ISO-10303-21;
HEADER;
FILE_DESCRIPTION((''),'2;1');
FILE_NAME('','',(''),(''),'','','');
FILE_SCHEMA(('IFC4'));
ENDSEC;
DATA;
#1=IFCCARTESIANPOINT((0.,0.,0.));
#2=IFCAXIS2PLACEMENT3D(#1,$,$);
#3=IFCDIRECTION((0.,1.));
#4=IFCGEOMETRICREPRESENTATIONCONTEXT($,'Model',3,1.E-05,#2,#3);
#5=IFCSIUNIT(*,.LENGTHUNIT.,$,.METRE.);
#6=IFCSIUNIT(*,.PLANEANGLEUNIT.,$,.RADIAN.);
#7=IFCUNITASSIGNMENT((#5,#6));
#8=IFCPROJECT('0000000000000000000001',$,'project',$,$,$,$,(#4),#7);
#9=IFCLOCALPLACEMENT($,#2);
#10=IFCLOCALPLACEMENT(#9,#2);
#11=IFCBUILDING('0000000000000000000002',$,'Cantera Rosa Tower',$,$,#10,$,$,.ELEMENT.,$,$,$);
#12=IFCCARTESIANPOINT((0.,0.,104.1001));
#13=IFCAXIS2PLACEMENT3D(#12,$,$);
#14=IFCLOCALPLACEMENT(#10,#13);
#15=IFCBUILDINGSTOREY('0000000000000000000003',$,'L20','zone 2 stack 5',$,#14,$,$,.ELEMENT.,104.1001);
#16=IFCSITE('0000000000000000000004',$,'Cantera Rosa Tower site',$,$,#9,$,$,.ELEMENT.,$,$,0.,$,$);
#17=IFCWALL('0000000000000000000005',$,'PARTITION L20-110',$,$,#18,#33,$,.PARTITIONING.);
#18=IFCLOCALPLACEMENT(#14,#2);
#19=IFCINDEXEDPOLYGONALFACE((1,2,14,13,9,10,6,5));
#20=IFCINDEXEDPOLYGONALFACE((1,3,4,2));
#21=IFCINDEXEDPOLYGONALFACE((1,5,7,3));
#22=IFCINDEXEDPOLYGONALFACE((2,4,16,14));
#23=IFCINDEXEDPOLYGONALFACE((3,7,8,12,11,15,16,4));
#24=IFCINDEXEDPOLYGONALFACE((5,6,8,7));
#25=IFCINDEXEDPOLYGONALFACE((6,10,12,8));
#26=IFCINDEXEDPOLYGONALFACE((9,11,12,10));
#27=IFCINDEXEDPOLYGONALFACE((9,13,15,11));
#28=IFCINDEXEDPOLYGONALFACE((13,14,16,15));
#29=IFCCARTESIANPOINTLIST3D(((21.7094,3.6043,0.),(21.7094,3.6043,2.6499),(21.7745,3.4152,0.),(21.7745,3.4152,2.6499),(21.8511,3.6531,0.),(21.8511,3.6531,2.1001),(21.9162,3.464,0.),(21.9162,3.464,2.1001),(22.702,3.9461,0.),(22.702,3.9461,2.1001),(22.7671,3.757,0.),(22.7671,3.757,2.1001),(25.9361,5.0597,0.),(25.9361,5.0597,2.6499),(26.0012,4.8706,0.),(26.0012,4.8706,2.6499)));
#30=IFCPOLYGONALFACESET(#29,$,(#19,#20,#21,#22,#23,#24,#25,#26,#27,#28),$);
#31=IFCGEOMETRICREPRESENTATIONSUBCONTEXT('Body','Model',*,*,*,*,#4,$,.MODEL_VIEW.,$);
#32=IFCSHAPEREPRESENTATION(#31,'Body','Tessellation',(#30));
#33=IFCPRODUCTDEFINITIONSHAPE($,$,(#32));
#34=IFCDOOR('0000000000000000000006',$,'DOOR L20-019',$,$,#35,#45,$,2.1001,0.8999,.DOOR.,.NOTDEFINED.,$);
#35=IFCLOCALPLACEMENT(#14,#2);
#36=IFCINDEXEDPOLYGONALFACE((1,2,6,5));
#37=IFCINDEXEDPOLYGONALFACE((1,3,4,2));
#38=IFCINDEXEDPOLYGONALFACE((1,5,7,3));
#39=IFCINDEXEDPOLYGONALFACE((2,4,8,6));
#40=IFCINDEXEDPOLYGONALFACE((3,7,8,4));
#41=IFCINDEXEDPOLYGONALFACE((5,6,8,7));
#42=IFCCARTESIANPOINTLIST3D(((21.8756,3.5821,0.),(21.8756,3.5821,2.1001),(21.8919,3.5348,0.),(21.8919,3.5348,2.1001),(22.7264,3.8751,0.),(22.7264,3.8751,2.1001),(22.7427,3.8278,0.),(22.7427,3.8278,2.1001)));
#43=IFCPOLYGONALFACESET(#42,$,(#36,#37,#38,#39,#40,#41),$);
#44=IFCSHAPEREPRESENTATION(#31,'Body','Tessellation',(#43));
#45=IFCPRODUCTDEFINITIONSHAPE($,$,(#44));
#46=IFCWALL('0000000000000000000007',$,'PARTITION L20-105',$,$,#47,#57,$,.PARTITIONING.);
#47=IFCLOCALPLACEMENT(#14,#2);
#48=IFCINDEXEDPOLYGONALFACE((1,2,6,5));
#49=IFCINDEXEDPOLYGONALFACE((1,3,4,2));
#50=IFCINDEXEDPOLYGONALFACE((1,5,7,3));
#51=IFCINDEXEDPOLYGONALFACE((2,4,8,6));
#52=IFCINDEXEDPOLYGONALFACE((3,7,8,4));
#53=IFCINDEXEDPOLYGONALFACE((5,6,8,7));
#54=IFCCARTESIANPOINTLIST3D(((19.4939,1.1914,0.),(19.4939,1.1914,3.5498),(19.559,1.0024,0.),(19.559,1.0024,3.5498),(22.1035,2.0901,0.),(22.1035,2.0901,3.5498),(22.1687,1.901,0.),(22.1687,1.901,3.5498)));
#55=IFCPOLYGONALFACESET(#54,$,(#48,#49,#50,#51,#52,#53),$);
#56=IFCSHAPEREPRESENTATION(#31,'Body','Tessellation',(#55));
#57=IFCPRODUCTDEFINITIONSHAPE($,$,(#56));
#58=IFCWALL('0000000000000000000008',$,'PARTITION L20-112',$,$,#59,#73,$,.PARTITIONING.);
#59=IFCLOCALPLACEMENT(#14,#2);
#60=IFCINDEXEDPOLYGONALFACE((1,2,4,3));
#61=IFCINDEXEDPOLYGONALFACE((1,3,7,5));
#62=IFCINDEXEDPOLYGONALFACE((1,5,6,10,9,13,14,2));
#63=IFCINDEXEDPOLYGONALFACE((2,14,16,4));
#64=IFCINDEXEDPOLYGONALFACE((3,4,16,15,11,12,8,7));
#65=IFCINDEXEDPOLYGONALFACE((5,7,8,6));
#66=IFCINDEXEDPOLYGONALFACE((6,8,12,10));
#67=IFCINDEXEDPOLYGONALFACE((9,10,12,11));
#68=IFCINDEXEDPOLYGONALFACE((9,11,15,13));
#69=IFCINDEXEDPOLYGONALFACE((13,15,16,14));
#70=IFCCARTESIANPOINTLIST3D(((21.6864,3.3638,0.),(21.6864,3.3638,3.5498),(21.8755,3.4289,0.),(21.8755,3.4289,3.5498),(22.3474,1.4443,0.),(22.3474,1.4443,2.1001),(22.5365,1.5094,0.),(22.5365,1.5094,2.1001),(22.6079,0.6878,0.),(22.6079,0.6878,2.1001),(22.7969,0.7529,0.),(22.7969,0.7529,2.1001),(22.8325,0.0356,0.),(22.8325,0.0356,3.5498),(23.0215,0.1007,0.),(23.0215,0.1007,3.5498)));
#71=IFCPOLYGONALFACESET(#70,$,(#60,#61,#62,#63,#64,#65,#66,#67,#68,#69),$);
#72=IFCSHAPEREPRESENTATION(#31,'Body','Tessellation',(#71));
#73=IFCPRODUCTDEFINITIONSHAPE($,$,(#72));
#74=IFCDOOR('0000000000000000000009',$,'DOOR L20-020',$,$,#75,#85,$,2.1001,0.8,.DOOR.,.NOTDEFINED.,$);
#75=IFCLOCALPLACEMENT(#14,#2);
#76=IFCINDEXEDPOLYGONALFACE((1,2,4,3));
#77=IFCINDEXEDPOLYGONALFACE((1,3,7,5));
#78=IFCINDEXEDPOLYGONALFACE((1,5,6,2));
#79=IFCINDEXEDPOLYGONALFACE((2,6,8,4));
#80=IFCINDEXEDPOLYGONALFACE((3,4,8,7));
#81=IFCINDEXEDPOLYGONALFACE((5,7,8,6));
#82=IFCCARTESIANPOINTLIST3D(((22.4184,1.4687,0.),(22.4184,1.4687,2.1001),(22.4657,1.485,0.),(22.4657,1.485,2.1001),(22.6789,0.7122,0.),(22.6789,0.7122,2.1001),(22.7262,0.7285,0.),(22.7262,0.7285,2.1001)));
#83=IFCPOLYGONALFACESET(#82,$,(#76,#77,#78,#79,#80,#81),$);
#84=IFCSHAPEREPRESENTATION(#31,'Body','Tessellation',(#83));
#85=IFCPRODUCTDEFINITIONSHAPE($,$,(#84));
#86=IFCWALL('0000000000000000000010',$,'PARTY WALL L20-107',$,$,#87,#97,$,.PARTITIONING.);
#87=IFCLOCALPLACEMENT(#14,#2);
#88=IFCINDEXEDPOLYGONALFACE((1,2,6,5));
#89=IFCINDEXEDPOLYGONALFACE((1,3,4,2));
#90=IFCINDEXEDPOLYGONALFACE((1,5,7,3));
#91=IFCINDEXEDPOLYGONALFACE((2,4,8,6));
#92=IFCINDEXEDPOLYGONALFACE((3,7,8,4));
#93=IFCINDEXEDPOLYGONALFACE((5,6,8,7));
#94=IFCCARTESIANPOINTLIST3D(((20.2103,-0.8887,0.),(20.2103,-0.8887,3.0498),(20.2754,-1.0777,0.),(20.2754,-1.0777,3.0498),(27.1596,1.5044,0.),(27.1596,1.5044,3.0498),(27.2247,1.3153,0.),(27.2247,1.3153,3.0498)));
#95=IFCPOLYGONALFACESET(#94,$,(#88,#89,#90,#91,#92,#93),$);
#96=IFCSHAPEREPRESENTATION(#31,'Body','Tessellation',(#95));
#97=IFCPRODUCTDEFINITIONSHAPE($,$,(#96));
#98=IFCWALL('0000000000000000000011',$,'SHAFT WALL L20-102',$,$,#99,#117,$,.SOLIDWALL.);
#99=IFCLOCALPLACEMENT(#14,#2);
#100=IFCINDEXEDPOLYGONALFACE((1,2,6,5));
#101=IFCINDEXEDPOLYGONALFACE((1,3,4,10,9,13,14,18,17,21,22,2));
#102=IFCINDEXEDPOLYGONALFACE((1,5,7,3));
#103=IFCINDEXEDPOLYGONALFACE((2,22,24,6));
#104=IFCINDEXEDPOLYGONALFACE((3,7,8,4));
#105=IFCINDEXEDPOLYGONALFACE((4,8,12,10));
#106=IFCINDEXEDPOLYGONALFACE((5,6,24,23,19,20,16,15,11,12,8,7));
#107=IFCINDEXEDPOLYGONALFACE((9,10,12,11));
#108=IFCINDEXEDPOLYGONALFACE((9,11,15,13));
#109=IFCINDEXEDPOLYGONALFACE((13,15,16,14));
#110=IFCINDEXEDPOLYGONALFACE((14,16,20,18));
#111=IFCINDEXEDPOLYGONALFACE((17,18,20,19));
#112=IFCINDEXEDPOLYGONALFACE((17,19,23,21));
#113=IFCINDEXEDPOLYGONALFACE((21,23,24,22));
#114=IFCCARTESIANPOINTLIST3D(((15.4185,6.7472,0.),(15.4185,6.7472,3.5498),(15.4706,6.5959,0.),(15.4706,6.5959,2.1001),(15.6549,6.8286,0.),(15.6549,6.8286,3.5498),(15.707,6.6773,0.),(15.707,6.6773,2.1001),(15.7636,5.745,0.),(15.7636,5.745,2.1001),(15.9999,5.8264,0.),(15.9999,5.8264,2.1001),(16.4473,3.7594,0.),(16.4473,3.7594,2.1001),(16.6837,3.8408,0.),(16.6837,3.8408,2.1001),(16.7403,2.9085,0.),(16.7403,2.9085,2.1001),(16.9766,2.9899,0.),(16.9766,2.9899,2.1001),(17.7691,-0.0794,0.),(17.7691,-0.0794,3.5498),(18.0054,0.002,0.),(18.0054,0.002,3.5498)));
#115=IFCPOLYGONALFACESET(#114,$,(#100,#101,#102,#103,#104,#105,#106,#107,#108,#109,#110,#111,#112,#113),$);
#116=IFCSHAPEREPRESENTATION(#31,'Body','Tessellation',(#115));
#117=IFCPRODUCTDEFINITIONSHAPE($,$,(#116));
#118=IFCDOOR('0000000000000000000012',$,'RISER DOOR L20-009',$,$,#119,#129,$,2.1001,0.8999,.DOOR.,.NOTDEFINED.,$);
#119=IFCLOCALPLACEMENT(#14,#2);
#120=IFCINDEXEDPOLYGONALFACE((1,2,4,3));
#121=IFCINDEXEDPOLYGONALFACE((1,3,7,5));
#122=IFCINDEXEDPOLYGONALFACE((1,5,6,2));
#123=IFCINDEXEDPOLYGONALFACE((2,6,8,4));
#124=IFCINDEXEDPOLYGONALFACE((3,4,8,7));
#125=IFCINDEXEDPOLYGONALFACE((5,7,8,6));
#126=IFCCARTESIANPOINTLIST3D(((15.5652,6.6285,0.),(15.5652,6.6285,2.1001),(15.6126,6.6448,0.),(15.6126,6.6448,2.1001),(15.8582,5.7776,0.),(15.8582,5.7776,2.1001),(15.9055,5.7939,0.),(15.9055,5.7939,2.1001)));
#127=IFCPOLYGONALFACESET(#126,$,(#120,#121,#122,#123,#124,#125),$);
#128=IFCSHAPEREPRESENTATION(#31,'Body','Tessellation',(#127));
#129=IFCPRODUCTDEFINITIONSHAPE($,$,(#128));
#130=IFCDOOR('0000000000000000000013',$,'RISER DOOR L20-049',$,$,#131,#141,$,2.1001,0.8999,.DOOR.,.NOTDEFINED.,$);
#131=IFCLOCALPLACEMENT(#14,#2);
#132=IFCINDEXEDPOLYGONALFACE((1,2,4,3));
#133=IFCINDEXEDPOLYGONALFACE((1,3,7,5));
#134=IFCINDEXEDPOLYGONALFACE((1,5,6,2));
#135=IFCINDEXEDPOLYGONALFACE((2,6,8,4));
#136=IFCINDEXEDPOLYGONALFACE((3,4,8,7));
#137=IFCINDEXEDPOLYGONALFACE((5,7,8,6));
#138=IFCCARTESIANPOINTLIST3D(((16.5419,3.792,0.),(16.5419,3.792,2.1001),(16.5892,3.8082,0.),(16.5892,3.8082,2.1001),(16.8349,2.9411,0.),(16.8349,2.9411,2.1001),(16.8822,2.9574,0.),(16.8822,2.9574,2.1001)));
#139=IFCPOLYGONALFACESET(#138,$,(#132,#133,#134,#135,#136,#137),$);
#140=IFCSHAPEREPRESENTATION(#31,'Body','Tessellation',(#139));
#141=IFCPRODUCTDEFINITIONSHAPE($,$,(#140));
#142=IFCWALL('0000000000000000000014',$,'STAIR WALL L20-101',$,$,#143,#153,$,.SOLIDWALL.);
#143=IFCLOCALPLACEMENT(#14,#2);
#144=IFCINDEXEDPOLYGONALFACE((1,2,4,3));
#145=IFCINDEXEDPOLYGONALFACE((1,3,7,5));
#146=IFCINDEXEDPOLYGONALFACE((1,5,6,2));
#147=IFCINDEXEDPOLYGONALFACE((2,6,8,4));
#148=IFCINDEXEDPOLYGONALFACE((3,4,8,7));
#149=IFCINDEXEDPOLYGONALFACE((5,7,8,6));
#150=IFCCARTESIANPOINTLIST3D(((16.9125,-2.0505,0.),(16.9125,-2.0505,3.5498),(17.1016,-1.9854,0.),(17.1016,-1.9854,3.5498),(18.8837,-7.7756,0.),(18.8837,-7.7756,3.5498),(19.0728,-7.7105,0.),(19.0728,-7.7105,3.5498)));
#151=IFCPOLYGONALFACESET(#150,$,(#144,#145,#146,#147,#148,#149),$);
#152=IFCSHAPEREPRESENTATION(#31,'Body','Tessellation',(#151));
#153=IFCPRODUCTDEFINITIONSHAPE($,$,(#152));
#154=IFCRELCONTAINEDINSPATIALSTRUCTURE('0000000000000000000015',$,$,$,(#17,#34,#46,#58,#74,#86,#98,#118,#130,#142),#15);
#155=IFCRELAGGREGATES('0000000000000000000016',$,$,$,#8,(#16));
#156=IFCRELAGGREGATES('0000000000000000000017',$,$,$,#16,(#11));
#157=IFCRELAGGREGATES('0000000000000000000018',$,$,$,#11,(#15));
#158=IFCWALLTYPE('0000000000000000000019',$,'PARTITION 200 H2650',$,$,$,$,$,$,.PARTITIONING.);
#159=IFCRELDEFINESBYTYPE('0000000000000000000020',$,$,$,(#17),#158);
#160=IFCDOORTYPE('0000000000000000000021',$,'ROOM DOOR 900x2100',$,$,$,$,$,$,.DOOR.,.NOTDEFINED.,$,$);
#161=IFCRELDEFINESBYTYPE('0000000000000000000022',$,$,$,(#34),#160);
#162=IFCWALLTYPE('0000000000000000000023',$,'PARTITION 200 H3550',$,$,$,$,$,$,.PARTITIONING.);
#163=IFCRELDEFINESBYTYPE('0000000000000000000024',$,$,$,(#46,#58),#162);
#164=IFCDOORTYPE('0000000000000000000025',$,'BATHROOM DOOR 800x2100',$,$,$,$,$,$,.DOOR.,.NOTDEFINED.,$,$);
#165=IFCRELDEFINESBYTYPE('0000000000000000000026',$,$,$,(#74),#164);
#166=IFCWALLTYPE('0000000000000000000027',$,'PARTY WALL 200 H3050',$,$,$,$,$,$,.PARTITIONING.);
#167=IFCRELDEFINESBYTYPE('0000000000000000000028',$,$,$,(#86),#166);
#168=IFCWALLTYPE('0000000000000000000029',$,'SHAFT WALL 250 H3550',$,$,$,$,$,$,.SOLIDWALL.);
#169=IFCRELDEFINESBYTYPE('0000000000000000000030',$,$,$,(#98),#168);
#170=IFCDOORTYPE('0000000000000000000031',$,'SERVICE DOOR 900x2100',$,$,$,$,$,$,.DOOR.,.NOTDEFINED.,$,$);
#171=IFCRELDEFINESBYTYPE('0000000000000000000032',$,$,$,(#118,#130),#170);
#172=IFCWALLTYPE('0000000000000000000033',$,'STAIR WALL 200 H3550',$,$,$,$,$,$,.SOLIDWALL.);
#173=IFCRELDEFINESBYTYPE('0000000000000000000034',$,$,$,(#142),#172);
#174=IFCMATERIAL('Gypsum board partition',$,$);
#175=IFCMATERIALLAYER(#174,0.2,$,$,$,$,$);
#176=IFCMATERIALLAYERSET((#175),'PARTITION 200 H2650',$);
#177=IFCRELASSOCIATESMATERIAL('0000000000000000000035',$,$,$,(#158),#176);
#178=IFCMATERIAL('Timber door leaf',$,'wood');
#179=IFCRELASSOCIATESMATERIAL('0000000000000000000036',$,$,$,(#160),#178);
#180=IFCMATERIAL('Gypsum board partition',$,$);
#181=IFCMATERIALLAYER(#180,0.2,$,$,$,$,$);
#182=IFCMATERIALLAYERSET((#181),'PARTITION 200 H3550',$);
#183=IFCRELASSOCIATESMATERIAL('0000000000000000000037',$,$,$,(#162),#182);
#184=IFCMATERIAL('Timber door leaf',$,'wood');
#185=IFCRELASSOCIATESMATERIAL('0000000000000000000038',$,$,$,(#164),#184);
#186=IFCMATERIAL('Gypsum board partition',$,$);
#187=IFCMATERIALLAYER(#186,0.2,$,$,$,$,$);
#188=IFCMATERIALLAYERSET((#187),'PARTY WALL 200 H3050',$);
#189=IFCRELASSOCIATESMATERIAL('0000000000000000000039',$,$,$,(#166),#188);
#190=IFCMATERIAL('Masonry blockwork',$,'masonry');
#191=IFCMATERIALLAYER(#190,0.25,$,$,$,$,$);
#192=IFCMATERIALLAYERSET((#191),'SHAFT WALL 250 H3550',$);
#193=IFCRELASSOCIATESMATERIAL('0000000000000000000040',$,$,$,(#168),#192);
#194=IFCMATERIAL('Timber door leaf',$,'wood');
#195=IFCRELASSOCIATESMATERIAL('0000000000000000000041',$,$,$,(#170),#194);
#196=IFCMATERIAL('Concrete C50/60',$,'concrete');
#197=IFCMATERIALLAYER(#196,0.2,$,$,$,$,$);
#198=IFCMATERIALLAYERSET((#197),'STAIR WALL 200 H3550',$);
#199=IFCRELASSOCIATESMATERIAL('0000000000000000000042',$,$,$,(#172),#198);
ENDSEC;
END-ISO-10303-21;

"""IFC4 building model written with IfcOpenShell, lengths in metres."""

from ifc_helpers import new_model, si_unit, direction, frame, frame_2d, origin, place, context, subcontext, project, spatial, rectangle, extrude, material, layer, layer_set, type_object, element, fill, save


model = new_model("IFC4")

# Units and contexts
model_context = context("Model", 3, precision=1e-05, world=origin(), true_north=direction((0.0, 1.0)))
body_context = subcontext(model_context, "Body", "Model", "MODEL_VIEW")
ifc_project = project(units=[si_unit("LENGTHUNIT", "METRE"), si_unit("PLANEANGLEUNIT", "RADIAN")], contexts=[model_context])

# Site, building, storey
site_placement = place(None, origin())
site = spatial("IfcSite", under=ifc_project, at=site_placement, Name="Cantera Rosa Tower site", CompositionType="ELEMENT", RefElevation=0.0)
building_placement = place(site_placement, origin())
building = spatial("IfcBuilding", under=site, at=building_placement, Name="Cantera Rosa Tower", CompositionType="ELEMENT")
storey_placement = place(building_placement, frame((0.0, 0.0, 104.1001)))
storey = spatial("IfcBuildingStorey", under=building, at=storey_placement, Name="L20", Description="zone 2 stack 5", CompositionType="ELEMENT", Elevation=104.1001)

# Wall, opening, door
ifc_material_1 = material(Name="Gypsum board partition")
ifc_layer_1 = layer(ifc_material_1, 0.2)
ifc_layer_set_1 = layer_set([ifc_layer_1], Name="PARTITION 200 H2650")
wall_type_1 = type_object("IfcWallType", Name="PARTITION 200 H2650", PredefinedType="PARTITIONING", material=ifc_layer_set_1)
wall_1_placement = place(storey_placement, frame((21.7419, 3.5098, 0.0), z_axis=(0.0, 0.0, 1.0), x_axis=(0.945519, 0.325568, 0.0)))
wall_1 = element("IfcWall", 1, at=wall_1_placement, inside=storey, type_object=wall_type_1, Name="PARTITION L20-110", PredefinedType="PARTITIONING", context=body_context, shape_type="SweptSolid", body=[
    extrude(rectangle(XDim=4.4702, YDim=0.2, at=frame_2d((2.2351, 0.0))), origin(), (0.0, 0.0, 1.0), 2.6499),
])
opening_1_placement = place(wall_1_placement, frame((0.1499, 0.0, 0.0)))
opening_1 = element("IfcOpeningElement", 2, at=opening_1_placement, cuts=wall_1, PredefinedType="OPENING", context=body_context, shape_type="SweptSolid", body=[
    extrude(rectangle(XDim=0.8999, YDim=2.1001, at=frame_2d((0.45, 1.05))), frame((0.0, 0.1099, 0.0), z_axis=(0.0, -1.0, 0.0), x_axis=(1.0, 0.0, 0.0)), (0.0, 0.0, 1.0), 0.22),
])
ifc_material_2 = material(Name="Timber door leaf", Category="wood")
door_type_1 = type_object("IfcDoorType", Name="ROOM DOOR 900x2100", OperationType="NOTDEFINED", PredefinedType="DOOR", material=ifc_material_2)
door_1_placement = place(opening_1_placement, origin())
door_1 = element("IfcDoor", 3, at=door_1_placement, inside=storey, type_object=door_type_1, Name="DOOR L20-019", OperationType="NOTDEFINED", OverallHeight=2.1001, OverallWidth=0.8999, PredefinedType="DOOR", context=body_context, shape_type="SweptSolid", body=[
    extrude(rectangle(XDim=0.8999, YDim=2.1001, at=frame_2d((0.45, 1.05))), frame((0.0, 0.0249, 0.0), z_axis=(0.0, -1.0, 0.0), x_axis=(1.0, 0.0, 0.0)), (0.0, 0.0, 1.0), 0.05),
])
fill(opening_1, door_1)

# Wall
ifc_material_3 = material(Name="Gypsum board partition")
ifc_layer_2 = layer(ifc_material_3, 0.2)
ifc_layer_set_2 = layer_set([ifc_layer_2], Name="PARTITION 200 H3550")
wall_type_2 = type_object("IfcWallType", Name="PARTITION 200 H3550", PredefinedType="PARTITIONING", material=ifc_layer_set_2)
wall_2_placement = place(storey_placement, frame((19.5266, 1.0969, 0.0), z_axis=(0.0, 0.0, 1.0), x_axis=(0.945505, 0.325606, 0.0)))
element("IfcWall", 4, at=wall_2_placement, inside=storey, type_object=wall_type_2, Name="PARTITION L20-105", PredefinedType="PARTITIONING", context=body_context, shape_type="SweptSolid", body=[
    extrude(rectangle(XDim=2.76, YDim=0.2, at=frame_2d((1.3799, 0.0))), origin(), (0.0, 0.0, 1.0), 3.5498),
])

# Wall, opening, door
wall_3_placement = place(storey_placement, frame((22.927, 0.0681, 0.0), z_axis=(0.0, 0.0, 1.0), x_axis=(-0.325576, 0.945516, 0.0)))
wall_3 = element("IfcWall", 5, at=wall_3_placement, inside=storey, type_object=wall_type_2, Name="PARTITION L20-112", PredefinedType="PARTITIONING", context=body_context, shape_type="SweptSolid", body=[
    extrude(rectangle(XDim=3.52, YDim=0.2, at=frame_2d((1.76, 0.0))), origin(), (0.0, 0.0, 1.0), 3.5498),
])
opening_2_placement = place(wall_3_placement, frame((0.6899, 0.0, 0.0)))
opening_2 = element("IfcOpeningElement", 6, at=opening_2_placement, cuts=wall_3, PredefinedType="OPENING", context=body_context, shape_type="SweptSolid", body=[
    extrude(rectangle(XDim=0.8, YDim=2.1001, at=frame_2d((0.3999, 1.05))), frame((0.0, 0.1099, 0.0), z_axis=(0.0, -1.0, 0.0), x_axis=(1.0, 0.0, 0.0)), (0.0, 0.0, 1.0), 0.22),
])
ifc_material_4 = material(Name="Timber door leaf", Category="wood")
door_type_2 = type_object("IfcDoorType", Name="BATHROOM DOOR 800x2100", OperationType="NOTDEFINED", PredefinedType="DOOR", material=ifc_material_4)
door_2_placement = place(opening_2_placement, origin())
door_2 = element("IfcDoor", 7, at=door_2_placement, inside=storey, type_object=door_type_2, Name="DOOR L20-020", OperationType="NOTDEFINED", OverallHeight=2.1001, OverallWidth=0.8, PredefinedType="DOOR", context=body_context, shape_type="SweptSolid", body=[
    extrude(rectangle(XDim=0.8, YDim=2.1001, at=frame_2d((0.3999, 1.05))), frame((0.0, 0.0249, 0.0), z_axis=(0.0, -1.0, 0.0), x_axis=(1.0, 0.0, 0.0)), (0.0, 0.0, 1.0), 0.05),
])
fill(opening_2, door_2)

# Wall
ifc_material_5 = material(Name="Gypsum board partition")
ifc_layer_3 = layer(ifc_material_5, 0.2)
ifc_layer_set_3 = layer_set([ifc_layer_3], Name="PARTY WALL 200 H3050")
wall_type_3 = type_object("IfcWallType", Name="PARTY WALL 200 H3050", PredefinedType="PARTITIONING", material=ifc_layer_set_3)
wall_4_placement = place(storey_placement, frame((20.2429, -0.9832, 0.0), z_axis=(0.0, 0.0, 1.0), x_axis=(0.945511, 0.325589, 0.0)))
element("IfcWall", 8, at=wall_4_placement, inside=storey, type_object=wall_type_3, Name="PARTY WALL L20-107", PredefinedType="PARTITIONING", context=body_context, shape_type="SweptSolid", body=[
    extrude(rectangle(XDim=7.3499, YDim=0.2, at=frame_2d((3.6748, 0.0))), origin(), (0.0, 0.0, 1.0), 3.0498),
])

# Wall, openings, doors
ifc_material_6 = material(Name="Masonry blockwork", Category="masonry")
ifc_layer_4 = layer(ifc_material_6, 0.25)
ifc_layer_set_4 = layer_set([ifc_layer_4], Name="SHAFT WALL 250 H3550")
wall_type_4 = type_object("IfcWallType", Name="SHAFT WALL 250 H3550", PredefinedType="SOLIDWALL", material=ifc_layer_set_4)
wall_5_placement = place(storey_placement, frame((17.8872, -0.0386, 0.0), z_axis=(0.0, 0.0, 1.0), x_axis=(-0.325565, 0.945519, 0.0)))
wall_5 = element("IfcWall", 9, at=wall_5_placement, inside=storey, type_object=wall_type_4, Name="SHAFT WALL L20-102", PredefinedType="SOLIDWALL", context=body_context, shape_type="SweptSolid", body=[
    extrude(rectangle(XDim=7.22, YDim=0.25, at=frame_2d((3.6099, 0.0))), origin(), (0.0, 0.0, 1.0), 3.5498),
])
opening_3_placement = place(wall_5_placement, frame((6.1599, 0.0, 0.0)))
opening_3 = element("IfcOpeningElement", 10, at=opening_3_placement, cuts=wall_5, PredefinedType="OPENING", context=body_context, shape_type="SweptSolid", body=[
    extrude(rectangle(XDim=0.8999, YDim=2.1001, at=frame_2d((0.45, 1.05))), frame((0.0, 0.135, 0.0), z_axis=(0.0, -1.0, 0.0), x_axis=(1.0, 0.0, 0.0)), (0.0, 0.0, 1.0), 0.27),
])
opening_4_placement = place(wall_5_placement, frame((3.1599, 0.0, 0.0)))
opening_4 = element("IfcOpeningElement", 11, at=opening_4_placement, cuts=wall_5, PredefinedType="OPENING", context=body_context, shape_type="SweptSolid", body=[
    extrude(rectangle(XDim=0.8999, YDim=2.1001, at=frame_2d((0.45, 1.05))), frame((0.0, 0.135, 0.0), z_axis=(0.0, -1.0, 0.0), x_axis=(1.0, 0.0, 0.0)), (0.0, 0.0, 1.0), 0.27),
])
ifc_material_7 = material(Name="Timber door leaf", Category="wood")
door_type_3 = type_object("IfcDoorType", Name="SERVICE DOOR 900x2100", OperationType="NOTDEFINED", PredefinedType="DOOR", material=ifc_material_7)
door_3_placement = place(opening_3_placement, origin())
door_3 = element("IfcDoor", 12, at=door_3_placement, inside=storey, type_object=door_type_3, Name="RISER DOOR L20-009", OperationType="NOTDEFINED", OverallHeight=2.1001, OverallWidth=0.8999, PredefinedType="DOOR", context=body_context, shape_type="SweptSolid", body=[
    extrude(rectangle(XDim=0.8999, YDim=2.1001, at=frame_2d((0.45, 1.05))), frame((0.0, 0.0249, 0.0), z_axis=(0.0, -1.0, 0.0), x_axis=(1.0, 0.0, 0.0)), (0.0, 0.0, 1.0), 0.05),
])
fill(opening_3, door_3)
door_4_placement = place(opening_4_placement, origin())
door_4 = element("IfcDoor", 13, at=door_4_placement, inside=storey, type_object=door_type_3, Name="RISER DOOR L20-049", OperationType="NOTDEFINED", OverallHeight=2.1001, OverallWidth=0.8999, PredefinedType="DOOR", context=body_context, shape_type="SweptSolid", body=[
    extrude(rectangle(XDim=0.8999, YDim=2.1001, at=frame_2d((0.45, 1.05))), frame((0.0, 0.0249, 0.0), z_axis=(0.0, -1.0, 0.0), x_axis=(1.0, 0.0, 0.0)), (0.0, 0.0, 1.0), 0.05),
])
fill(opening_4, door_4)

# Wall
ifc_material_8 = material(Name="Concrete C50/60", Category="concrete")
ifc_layer_5 = layer(ifc_material_8, 0.2)
ifc_layer_set_5 = layer_set([ifc_layer_5], Name="STAIR WALL 200 H3550")
wall_type_5 = type_object("IfcWallType", Name="STAIR WALL 200 H3550", PredefinedType="SOLIDWALL", material=ifc_layer_set_5)
wall_6_placement = place(storey_placement, frame((17.0071, -2.0181, 0.0), z_axis=(0.0, 0.0, 1.0), x_axis=(0.325551, -0.945525, 0.0)))
element("IfcWall", 14, at=wall_6_placement, inside=storey, type_object=wall_type_5, Name="STAIR WALL L20-101", PredefinedType="SOLIDWALL", context=body_context, shape_type="SweptSolid", body=[
    extrude(rectangle(XDim=6.0549, YDim=0.2, at=frame_2d((3.0273, 0.0))), origin(), (0.0, 0.0, 1.0), 3.5498),
])

save(model, "model.ifc")
